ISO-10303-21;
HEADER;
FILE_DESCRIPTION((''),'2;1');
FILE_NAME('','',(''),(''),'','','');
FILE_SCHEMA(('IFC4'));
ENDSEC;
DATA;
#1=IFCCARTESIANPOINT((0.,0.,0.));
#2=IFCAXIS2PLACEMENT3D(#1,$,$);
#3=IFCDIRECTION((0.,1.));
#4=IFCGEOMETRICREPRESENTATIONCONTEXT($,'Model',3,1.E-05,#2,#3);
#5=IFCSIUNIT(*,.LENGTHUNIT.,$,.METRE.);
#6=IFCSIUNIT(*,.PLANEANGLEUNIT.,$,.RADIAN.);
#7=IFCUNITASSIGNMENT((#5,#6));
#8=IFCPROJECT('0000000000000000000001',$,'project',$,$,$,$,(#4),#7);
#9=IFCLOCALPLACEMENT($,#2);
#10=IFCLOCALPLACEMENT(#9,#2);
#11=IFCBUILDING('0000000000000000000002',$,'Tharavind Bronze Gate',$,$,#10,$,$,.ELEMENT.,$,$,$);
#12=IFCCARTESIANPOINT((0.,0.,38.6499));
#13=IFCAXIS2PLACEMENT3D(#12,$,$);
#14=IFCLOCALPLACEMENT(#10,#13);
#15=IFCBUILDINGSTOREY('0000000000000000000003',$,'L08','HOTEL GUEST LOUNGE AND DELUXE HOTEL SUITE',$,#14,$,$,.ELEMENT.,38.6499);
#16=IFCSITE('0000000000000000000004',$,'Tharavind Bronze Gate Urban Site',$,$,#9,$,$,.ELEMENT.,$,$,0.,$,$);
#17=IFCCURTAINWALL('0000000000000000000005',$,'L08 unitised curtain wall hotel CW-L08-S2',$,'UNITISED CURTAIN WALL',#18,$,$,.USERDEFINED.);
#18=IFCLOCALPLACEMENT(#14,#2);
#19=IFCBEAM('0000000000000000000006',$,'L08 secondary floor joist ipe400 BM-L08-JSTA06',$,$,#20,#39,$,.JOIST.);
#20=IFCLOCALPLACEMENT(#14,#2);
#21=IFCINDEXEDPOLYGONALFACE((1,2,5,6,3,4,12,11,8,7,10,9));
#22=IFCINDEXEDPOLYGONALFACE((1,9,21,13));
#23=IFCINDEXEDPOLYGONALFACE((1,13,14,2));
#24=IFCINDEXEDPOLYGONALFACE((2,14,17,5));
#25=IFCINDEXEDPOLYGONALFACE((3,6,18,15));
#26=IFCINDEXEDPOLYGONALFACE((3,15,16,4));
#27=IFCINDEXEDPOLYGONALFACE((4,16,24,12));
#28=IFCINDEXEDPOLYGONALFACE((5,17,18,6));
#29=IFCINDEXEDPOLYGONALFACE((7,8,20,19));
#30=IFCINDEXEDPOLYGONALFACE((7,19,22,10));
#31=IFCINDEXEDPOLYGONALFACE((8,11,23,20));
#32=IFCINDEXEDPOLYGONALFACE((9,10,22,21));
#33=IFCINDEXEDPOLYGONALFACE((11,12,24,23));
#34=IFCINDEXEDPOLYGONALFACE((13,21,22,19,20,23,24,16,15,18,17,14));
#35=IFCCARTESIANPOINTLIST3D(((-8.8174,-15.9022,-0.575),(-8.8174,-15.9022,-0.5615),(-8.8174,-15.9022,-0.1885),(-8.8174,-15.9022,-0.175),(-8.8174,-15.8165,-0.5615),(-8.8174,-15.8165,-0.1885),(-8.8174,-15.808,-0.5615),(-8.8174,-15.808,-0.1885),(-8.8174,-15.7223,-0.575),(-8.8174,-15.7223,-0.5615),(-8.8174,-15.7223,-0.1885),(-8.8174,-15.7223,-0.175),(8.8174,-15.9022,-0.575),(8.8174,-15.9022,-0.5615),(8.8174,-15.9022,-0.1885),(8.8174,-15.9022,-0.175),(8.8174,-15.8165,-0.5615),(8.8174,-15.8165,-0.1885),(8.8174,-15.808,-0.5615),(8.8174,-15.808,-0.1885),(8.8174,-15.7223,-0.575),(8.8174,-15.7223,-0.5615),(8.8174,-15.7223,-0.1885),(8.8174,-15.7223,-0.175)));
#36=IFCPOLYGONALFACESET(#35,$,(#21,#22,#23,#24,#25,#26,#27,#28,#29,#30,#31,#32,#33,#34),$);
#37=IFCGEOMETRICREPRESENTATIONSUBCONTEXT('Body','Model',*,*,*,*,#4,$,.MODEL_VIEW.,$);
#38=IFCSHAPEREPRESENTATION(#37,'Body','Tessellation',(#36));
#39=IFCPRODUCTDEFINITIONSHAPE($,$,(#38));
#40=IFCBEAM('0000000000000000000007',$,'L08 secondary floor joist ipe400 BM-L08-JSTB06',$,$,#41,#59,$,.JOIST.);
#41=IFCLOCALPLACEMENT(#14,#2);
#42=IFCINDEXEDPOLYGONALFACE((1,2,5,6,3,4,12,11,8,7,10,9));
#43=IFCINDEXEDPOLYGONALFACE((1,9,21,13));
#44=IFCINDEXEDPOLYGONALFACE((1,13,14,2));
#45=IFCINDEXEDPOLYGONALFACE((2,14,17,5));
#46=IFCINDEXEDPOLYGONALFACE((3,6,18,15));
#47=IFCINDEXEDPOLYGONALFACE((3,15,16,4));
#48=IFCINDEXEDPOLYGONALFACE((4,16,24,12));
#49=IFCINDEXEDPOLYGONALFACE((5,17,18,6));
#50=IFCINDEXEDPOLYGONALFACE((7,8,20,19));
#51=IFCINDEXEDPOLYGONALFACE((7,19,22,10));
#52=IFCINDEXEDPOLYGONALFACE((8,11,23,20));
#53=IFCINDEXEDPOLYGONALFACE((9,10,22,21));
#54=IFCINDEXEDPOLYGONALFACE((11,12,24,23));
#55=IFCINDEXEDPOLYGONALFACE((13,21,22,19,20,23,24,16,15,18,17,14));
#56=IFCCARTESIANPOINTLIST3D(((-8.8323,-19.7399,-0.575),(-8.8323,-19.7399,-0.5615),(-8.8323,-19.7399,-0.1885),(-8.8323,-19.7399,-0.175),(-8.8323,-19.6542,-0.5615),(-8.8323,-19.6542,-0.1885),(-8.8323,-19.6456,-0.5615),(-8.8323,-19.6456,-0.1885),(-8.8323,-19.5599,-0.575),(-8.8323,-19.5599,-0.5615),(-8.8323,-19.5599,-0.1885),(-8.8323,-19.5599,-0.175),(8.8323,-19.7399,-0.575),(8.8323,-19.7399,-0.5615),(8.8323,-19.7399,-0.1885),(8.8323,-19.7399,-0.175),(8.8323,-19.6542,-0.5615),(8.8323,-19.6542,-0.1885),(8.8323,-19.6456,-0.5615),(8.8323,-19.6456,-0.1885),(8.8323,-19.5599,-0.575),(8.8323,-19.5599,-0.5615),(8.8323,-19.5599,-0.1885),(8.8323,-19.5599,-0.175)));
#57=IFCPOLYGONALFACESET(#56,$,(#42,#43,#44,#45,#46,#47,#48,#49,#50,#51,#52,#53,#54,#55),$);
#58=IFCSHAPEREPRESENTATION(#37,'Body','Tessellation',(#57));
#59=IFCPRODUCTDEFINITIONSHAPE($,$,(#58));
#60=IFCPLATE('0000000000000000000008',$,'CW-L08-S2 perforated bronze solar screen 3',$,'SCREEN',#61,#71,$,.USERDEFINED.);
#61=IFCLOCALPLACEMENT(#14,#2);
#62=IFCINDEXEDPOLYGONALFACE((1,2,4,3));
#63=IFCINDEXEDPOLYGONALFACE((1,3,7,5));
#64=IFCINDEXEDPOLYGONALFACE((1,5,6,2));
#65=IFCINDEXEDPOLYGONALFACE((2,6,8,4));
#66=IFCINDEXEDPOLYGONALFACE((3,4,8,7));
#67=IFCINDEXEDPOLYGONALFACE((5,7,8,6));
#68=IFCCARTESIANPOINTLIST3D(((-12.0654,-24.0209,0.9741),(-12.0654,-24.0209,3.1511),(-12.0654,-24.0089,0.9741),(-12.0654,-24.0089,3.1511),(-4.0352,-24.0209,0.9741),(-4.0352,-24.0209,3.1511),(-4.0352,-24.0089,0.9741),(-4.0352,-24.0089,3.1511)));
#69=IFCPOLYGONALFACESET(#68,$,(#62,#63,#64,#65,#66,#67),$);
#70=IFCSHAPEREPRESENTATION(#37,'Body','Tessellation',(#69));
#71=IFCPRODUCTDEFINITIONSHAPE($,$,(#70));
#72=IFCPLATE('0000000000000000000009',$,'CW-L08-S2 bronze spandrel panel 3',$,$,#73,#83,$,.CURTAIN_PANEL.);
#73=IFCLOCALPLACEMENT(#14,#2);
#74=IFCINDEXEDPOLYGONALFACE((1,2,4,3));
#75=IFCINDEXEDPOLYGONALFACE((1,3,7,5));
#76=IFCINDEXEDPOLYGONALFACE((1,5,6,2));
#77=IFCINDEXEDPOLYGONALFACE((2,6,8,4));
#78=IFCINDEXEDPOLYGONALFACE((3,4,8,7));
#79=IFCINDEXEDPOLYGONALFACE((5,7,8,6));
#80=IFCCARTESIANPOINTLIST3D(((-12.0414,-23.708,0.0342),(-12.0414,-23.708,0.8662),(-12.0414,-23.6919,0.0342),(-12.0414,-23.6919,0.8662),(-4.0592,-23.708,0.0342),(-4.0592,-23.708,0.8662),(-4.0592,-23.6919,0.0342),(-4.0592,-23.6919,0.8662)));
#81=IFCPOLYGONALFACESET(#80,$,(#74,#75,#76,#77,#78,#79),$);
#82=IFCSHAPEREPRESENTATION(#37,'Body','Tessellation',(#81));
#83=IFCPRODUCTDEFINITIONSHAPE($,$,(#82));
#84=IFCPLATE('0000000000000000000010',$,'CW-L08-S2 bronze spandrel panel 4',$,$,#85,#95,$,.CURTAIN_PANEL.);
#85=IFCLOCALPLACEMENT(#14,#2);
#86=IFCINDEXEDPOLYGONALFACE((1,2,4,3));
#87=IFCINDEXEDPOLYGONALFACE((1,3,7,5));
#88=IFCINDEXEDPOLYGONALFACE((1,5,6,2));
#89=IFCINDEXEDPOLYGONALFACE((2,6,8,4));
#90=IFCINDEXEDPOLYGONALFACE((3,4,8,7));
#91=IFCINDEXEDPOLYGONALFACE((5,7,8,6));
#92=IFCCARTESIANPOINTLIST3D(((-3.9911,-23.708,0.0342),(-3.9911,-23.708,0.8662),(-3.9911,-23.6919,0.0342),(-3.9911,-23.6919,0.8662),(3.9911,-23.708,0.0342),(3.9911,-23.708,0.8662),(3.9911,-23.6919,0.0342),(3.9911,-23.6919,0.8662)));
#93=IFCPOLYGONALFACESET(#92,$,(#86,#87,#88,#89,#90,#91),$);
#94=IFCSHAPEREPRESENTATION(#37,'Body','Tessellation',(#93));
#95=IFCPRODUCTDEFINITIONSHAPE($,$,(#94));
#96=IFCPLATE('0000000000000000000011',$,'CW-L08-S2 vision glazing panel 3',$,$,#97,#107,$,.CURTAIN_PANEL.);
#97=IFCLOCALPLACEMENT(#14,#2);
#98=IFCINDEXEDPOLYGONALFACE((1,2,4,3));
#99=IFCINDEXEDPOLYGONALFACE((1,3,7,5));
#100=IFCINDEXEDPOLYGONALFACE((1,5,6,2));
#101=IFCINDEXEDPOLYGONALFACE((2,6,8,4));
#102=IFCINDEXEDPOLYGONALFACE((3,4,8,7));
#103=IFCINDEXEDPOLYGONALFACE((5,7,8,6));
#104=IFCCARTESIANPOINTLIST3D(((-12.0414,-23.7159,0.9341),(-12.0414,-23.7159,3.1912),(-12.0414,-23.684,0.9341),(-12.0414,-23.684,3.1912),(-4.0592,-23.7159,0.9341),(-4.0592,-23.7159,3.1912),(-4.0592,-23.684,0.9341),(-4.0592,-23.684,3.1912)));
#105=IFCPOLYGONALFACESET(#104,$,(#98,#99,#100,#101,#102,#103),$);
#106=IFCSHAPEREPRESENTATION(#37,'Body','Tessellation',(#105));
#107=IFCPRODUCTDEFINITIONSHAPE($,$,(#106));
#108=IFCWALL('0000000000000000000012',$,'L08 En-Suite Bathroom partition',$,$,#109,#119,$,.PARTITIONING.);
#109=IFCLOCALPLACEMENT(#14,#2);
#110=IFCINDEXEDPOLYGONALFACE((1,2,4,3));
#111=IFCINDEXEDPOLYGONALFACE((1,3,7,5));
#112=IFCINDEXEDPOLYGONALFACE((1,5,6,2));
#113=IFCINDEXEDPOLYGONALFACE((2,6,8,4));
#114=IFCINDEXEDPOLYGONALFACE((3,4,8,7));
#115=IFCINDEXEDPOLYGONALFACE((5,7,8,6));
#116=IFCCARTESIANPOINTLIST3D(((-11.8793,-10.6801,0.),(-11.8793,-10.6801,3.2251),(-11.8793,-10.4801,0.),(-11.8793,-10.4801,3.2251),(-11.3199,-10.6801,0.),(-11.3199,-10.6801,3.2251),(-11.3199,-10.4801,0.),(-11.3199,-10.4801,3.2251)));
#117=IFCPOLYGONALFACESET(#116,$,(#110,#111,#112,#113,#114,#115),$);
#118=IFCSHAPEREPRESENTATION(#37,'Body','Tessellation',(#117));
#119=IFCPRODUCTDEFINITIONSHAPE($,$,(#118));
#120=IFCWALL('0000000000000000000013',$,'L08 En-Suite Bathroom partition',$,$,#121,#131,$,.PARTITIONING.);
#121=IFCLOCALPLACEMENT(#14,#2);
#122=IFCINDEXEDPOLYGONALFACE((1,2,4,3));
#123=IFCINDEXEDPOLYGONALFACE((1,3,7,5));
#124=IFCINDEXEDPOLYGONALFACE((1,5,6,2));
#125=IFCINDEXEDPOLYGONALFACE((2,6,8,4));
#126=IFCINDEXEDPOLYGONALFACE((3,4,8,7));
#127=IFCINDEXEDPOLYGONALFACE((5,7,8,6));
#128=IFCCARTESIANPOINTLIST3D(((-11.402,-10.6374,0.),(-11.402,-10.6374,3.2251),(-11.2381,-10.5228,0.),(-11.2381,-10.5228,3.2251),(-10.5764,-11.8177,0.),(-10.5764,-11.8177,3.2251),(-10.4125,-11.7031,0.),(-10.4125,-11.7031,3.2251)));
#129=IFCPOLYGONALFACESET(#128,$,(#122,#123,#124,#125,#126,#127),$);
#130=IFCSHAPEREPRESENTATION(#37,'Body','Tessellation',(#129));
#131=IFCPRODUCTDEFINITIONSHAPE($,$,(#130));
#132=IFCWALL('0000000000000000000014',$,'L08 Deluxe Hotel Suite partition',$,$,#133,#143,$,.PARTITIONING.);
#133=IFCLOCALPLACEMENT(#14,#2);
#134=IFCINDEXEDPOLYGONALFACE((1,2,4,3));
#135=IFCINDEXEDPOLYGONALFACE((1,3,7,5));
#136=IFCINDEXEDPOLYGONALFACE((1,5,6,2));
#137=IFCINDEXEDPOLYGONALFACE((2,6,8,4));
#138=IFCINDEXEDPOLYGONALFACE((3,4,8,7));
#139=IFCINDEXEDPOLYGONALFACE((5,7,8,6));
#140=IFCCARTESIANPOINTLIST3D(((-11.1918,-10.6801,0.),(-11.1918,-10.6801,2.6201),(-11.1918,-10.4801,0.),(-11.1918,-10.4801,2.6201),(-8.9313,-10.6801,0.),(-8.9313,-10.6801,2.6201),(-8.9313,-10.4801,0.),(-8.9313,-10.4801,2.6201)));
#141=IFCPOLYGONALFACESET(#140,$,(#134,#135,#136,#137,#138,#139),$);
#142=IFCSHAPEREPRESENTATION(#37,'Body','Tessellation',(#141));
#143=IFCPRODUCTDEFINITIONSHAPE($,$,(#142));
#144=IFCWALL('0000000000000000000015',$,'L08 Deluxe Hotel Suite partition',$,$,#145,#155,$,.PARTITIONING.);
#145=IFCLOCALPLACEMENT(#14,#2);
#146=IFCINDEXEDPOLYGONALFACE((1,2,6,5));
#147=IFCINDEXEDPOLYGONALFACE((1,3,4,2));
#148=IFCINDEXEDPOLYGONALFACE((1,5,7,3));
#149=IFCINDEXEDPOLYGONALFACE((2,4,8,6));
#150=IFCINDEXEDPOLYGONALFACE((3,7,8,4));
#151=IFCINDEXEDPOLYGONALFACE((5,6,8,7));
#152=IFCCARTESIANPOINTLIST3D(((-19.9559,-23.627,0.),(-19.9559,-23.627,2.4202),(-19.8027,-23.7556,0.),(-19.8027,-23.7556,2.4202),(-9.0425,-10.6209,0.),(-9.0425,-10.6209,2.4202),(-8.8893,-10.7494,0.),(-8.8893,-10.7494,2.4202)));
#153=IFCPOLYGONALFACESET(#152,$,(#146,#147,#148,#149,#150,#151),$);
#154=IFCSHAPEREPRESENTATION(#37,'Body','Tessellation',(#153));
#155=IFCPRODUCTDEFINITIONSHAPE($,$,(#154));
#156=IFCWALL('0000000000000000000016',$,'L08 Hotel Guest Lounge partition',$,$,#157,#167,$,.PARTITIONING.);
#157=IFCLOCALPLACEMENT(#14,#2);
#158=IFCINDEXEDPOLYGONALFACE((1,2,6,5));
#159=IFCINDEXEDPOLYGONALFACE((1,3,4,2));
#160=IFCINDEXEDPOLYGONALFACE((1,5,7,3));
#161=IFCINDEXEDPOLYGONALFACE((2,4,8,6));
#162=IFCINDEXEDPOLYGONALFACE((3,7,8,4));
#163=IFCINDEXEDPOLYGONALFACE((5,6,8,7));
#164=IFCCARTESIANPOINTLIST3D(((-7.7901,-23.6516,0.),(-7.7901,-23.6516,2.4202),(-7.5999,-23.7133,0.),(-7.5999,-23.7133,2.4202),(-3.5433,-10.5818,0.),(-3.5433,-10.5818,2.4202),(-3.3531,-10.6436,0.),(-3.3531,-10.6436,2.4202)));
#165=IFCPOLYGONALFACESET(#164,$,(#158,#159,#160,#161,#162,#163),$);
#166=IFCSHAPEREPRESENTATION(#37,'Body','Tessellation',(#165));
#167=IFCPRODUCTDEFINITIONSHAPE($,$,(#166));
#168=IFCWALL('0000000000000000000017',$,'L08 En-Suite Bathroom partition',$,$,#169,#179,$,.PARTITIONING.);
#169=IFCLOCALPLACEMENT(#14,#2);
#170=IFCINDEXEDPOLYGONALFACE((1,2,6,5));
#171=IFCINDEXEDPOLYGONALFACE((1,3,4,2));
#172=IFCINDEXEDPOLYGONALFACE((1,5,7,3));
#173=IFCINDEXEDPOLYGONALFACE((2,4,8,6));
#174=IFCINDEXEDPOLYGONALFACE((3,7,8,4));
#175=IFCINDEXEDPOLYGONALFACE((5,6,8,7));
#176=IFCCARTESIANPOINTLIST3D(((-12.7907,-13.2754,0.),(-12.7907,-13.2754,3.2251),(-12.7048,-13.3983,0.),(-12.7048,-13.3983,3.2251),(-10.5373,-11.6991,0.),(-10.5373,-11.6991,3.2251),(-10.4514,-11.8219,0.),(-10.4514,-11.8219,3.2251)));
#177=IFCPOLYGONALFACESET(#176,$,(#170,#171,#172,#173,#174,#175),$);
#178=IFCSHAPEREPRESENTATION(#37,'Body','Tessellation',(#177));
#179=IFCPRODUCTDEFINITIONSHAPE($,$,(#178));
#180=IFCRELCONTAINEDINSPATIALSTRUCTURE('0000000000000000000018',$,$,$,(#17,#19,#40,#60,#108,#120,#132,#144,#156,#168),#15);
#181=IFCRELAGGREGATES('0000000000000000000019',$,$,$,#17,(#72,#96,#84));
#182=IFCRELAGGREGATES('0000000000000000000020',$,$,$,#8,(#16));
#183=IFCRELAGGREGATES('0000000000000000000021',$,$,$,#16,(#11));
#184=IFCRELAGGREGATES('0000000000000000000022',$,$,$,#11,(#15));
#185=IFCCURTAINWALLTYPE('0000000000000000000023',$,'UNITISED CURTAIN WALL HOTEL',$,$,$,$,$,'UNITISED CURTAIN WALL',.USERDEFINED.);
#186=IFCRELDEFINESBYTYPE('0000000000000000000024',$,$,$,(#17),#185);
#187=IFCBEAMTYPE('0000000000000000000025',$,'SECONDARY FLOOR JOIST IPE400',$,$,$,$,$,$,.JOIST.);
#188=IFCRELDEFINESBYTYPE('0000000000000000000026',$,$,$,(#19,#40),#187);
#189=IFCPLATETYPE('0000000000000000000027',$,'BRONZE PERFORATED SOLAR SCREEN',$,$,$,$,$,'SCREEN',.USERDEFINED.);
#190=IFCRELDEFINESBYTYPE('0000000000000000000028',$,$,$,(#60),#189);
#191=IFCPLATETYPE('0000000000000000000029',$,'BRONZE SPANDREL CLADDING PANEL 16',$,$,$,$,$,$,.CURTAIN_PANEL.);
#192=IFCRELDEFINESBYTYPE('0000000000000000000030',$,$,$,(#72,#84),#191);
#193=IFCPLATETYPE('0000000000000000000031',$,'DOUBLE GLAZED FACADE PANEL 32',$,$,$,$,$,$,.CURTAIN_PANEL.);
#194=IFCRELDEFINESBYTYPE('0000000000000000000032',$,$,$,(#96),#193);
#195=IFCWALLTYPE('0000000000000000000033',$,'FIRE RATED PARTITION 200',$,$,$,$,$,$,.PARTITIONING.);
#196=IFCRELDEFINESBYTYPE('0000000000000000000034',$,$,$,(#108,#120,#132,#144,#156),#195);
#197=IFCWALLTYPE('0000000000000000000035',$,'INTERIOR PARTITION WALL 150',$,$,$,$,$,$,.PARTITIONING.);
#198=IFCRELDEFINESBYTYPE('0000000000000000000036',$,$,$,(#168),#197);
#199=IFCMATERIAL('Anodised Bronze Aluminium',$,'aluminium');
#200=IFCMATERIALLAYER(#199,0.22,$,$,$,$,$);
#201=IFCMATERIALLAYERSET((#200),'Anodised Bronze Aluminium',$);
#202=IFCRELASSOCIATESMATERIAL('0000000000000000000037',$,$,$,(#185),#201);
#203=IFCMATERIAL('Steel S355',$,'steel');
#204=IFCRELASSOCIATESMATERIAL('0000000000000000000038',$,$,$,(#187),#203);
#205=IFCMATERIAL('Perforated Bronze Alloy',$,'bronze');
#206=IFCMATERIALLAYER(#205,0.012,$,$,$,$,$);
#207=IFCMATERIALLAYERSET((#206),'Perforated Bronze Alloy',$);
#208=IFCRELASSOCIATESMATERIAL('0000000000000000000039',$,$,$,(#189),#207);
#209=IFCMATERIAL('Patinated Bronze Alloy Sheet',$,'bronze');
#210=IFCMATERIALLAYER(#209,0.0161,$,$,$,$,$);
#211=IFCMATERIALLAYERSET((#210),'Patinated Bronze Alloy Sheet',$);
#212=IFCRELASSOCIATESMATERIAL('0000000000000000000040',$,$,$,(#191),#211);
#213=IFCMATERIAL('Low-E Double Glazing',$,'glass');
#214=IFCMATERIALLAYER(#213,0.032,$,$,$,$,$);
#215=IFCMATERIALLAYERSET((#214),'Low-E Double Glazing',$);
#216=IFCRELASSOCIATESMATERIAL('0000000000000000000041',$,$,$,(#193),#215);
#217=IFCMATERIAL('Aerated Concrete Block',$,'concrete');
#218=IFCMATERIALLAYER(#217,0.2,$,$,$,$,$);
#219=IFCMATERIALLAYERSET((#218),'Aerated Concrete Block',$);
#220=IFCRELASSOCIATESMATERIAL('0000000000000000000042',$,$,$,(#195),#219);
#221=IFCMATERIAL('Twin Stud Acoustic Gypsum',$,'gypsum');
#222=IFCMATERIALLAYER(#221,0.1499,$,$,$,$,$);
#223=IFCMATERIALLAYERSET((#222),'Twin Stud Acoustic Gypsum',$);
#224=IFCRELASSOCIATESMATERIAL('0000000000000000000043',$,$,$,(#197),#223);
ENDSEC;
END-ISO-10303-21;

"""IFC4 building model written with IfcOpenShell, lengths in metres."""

from ifc_helpers import new_model, si_unit, direction, frame, frame_2d, origin, origin_2d, place, context, subcontext, project, spatial, rectangle, i_section, extrude, material, layer, layer_set, material_profile, profile_set, type_object, element, aggregate, save


model = new_model("IFC4")

# Units and contexts
model_context = context("Model", 3, precision=1e-05, world=origin(), true_north=direction((0.0, 1.0)))
body_context = subcontext(model_context, "Body", "Model", "MODEL_VIEW")
ifc_project = project(units=[si_unit("LENGTHUNIT", "METRE"), si_unit("PLANEANGLEUNIT", "RADIAN")], contexts=[model_context])

# Site, building, storey
site_placement = place(None, origin())
site = spatial("IfcSite", under=ifc_project, at=site_placement, Name="Tharavind Bronze Gate Urban Site", CompositionType="ELEMENT", RefElevation=0.0)
building_placement = place(site_placement, origin())
building = spatial("IfcBuilding", under=site, at=building_placement, Name="Tharavind Bronze Gate", CompositionType="ELEMENT")
storey_placement = place(building_placement, frame((0.0, 0.0, 38.6499)))
storey = spatial("IfcBuildingStorey", under=building, at=storey_placement, Name="L08", Description="HOTEL GUEST LOUNGE AND DELUXE HOTEL SUITE", CompositionType="ELEMENT", Elevation=38.6499)

# Curtain wall
ifc_material_1 = material(Name="Anodised Bronze Aluminium", Category="aluminium")
ifc_layer_1 = layer(ifc_material_1, 0.22)
ifc_layer_set_1 = layer_set([ifc_layer_1], Name="Anodised Bronze Aluminium")
curtain_wall_type = type_object("IfcCurtainWallType", Name="UNITISED CURTAIN WALL HOTEL", ElementType="UNITISED CURTAIN WALL", PredefinedType="USERDEFINED", material=ifc_layer_set_1)
curtain_wall_placement = place(storey_placement, origin())
curtain_wall = element("IfcCurtainWall", 1, at=curtain_wall_placement, inside=storey, type_object=curtain_wall_type, Name="L08 unitised curtain wall hotel CW-L08-S2", ObjectType="UNITISED CURTAIN WALL", PredefinedType="USERDEFINED")

# Beams
ifc_material_2 = material(Name="Steel S355", Category="steel")
ifc_material_profile_1 = material_profile(ifc_material_2, i_section(OverallWidth=0.1799, OverallDepth=0.3999, WebThickness=0.0085, FlangeThickness=0.0134, at=origin_2d()), Name="IPE400")
ifc_profile_set_1 = profile_set([ifc_material_profile_1], Name="Steel S355")
beam_type_1 = type_object("IfcBeamType", Name="SECONDARY FLOOR JOIST IPE400", PredefinedType="JOIST", material=ifc_profile_set_1)
beam_1_placement = place(storey_placement, frame((-8.8174, -15.8123, -0.375), z_axis=(1.0, 0.0, 0.0), x_axis=(0.0, 1.0, 0.0)))
element("IfcBeam", 2, at=beam_1_placement, inside=storey, type_object=beam_type_1, Name="L08 secondary floor joist ipe400 BM-L08-JSTA06", PredefinedType="JOIST", context=body_context, shape_type="SweptSolid", body=[
    extrude(i_section(OverallWidth=0.1799, OverallDepth=0.3999, WebThickness=0.0085, FlangeThickness=0.0134, at=origin_2d()), origin(), (0.0, 0.0, 1.0), 17.6348),
])
beam_2_placement = place(storey_placement, frame((-8.8323, -19.6499, -0.375), z_axis=(1.0, 0.0, 0.0), x_axis=(0.0, 1.0, 0.0)))
element("IfcBeam", 3, at=beam_2_placement, inside=storey, type_object=beam_type_1, Name="L08 secondary floor joist ipe400 BM-L08-JSTB06", PredefinedType="JOIST", context=body_context, shape_type="SweptSolid", body=[
    extrude(i_section(OverallWidth=0.1799, OverallDepth=0.3999, WebThickness=0.0085, FlangeThickness=0.0134, at=origin_2d()), origin(), (0.0, 0.0, 1.0), 17.6646),
])

# Plates
ifc_material_3 = material(Name="Perforated Bronze Alloy", Category="bronze")
ifc_layer_2 = layer(ifc_material_3, 0.012)
ifc_layer_set_2 = layer_set([ifc_layer_2], Name="Perforated Bronze Alloy")
plate_type_1 = type_object("IfcPlateType", Name="BRONZE PERFORATED SOLAR SCREEN", ElementType="SCREEN", PredefinedType="USERDEFINED", material=ifc_layer_set_2)
plate_1_placement = place(storey_placement, frame((-8.0503, -24.0149, 0.9741), z_axis=(0.0, 0.0, 1.0), x_axis=(1.0, 0.0, 0.0)))
element("IfcPlate", 4, at=plate_1_placement, inside=storey, type_object=plate_type_1, Name="CW-L08-S2 perforated bronze solar screen 3", ObjectType="SCREEN", PredefinedType="USERDEFINED", context=body_context, shape_type="SweptSolid", body=[
    extrude(rectangle(XDim=8.0303, YDim=0.012, at=origin_2d()), origin(), (0.0, 0.0, 1.0), 2.177),
])
ifc_material_4 = material(Name="Patinated Bronze Alloy Sheet", Category="bronze")
ifc_layer_3 = layer(ifc_material_4, 0.0161)
ifc_layer_set_3 = layer_set([ifc_layer_3], Name="Patinated Bronze Alloy Sheet")
plate_type_2 = type_object("IfcPlateType", Name="BRONZE SPANDREL CLADDING PANEL 16", PredefinedType="CURTAIN_PANEL", material=ifc_layer_set_3)
plate_2_placement = place(storey_placement, frame((-8.0503, -23.7, 0.0342), z_axis=(0.0, 0.0, 1.0), x_axis=(1.0, 0.0, 0.0)))
plate_2 = element("IfcPlate", 5, at=plate_2_placement, type_object=plate_type_2, Name="CW-L08-S2 bronze spandrel panel 3", PredefinedType="CURTAIN_PANEL", context=body_context, shape_type="SweptSolid", body=[
    extrude(rectangle(XDim=7.9822, YDim=0.0161, at=origin_2d()), origin(), (0.0, 0.0, 1.0), 0.832),
])
plate_3_placement = place(storey_placement, frame((0.0, -23.7, 0.0342), z_axis=(0.0, 0.0, 1.0), x_axis=(1.0, 0.0, 0.0)))
plate_3 = element("IfcPlate", 6, at=plate_3_placement, type_object=plate_type_2, Name="CW-L08-S2 bronze spandrel panel 4", PredefinedType="CURTAIN_PANEL", context=body_context, shape_type="SweptSolid", body=[
    extrude(rectangle(XDim=7.9822, YDim=0.0161, at=origin_2d()), origin(), (0.0, 0.0, 1.0), 0.832),
])
ifc_material_5 = material(Name="Low-E Double Glazing", Category="glass")
ifc_layer_4 = layer(ifc_material_5, 0.032)
ifc_layer_set_4 = layer_set([ifc_layer_4], Name="Low-E Double Glazing")
plate_type_3 = type_object("IfcPlateType", Name="DOUBLE GLAZED FACADE PANEL 32", PredefinedType="CURTAIN_PANEL", material=ifc_layer_set_4)
plate_4_placement = place(storey_placement, frame((-8.0503, -23.7, 0.9341), z_axis=(0.0, 0.0, 1.0), x_axis=(1.0, 0.0, 0.0)))
plate_4 = element("IfcPlate", 7, at=plate_4_placement, type_object=plate_type_3, Name="CW-L08-S2 vision glazing panel 3", PredefinedType="CURTAIN_PANEL", context=body_context, shape_type="SweptSolid", body=[
    extrude(rectangle(XDim=7.9822, YDim=0.032, at=origin_2d()), origin(), (0.0, 0.0, 1.0), 2.2571),
])
aggregate(curtain_wall, [plate_2, plate_4, plate_3])

# Walls
ifc_material_6 = material(Name="Aerated Concrete Block", Category="concrete")
ifc_layer_5 = layer(ifc_material_6, 0.2)
ifc_layer_set_5 = layer_set([ifc_layer_5], Name="Aerated Concrete Block")
wall_type_1 = type_object("IfcWallType", Name="FIRE RATED PARTITION 200", PredefinedType="PARTITIONING", material=ifc_layer_set_5)
wall_1_placement = place(storey_placement, frame((-11.8794, -10.5801, 0.0), z_axis=(0.0, 0.0, 1.0), x_axis=(1.0, 0.0, 0.0)))
element("IfcWall", 8, at=wall_1_placement, inside=storey, type_object=wall_type_1, Name="L08 En-Suite Bathroom partition", PredefinedType="PARTITIONING", context=body_context, shape_type="SweptSolid", body=[
    extrude(rectangle(XDim=0.5593, YDim=0.2, at=frame_2d((0.2798, 0.0))), origin(), (0.0, 0.0, 1.0), 3.2251),
])
wall_2_placement = place(storey_placement, frame((-11.3201, -10.5801, 0.0), z_axis=(0.0, 0.0, 1.0), x_axis=(0.573178, -0.819431, 0.0)))
element("IfcWall", 9, at=wall_2_placement, inside=storey, type_object=wall_type_1, Name="L08 En-Suite Bathroom partition", PredefinedType="PARTITIONING", context=body_context, shape_type="SweptSolid", body=[
    extrude(rectangle(XDim=1.4404, YDim=0.2, at=frame_2d((0.7202, 0.0))), origin(), (0.0, 0.0, 1.0), 3.2251),
])
wall_3_placement = place(storey_placement, frame((-11.1919, -10.5801, 0.0), z_axis=(0.0, 0.0, 1.0), x_axis=(1.0, 0.0, 0.0)))
element("IfcWall", 10, at=wall_3_placement, inside=storey, type_object=wall_type_1, Name="L08 Deluxe Hotel Suite partition", PredefinedType="PARTITIONING", context=body_context, shape_type="SweptSolid", body=[
    extrude(rectangle(XDim=2.2605, YDim=0.2, at=frame_2d((1.1304, 0.0))), origin(), (0.0, 0.0, 1.0), 2.6201),
])
wall_4_placement = place(storey_placement, frame((-8.9658, -10.6851, 0.0), z_axis=(0.0, 0.0, 1.0), x_axis=(-0.642785, -0.766047, 0.0)))
element("IfcWall", 11, at=wall_4_placement, inside=storey, type_object=wall_type_1, Name="L08 Deluxe Hotel Suite partition", PredefinedType="PARTITIONING", context=body_context, shape_type="SweptSolid", body=[
    extrude(rectangle(XDim=16.9783, YDim=0.2, at=frame_2d((8.4893, 0.0))), origin(), (0.0, 0.0, 1.0), 2.4202),
])
wall_5_placement = place(storey_placement, frame((-3.4482, -10.6128, 0.0), z_axis=(0.0, 0.0, 1.0), x_axis=(-0.309029, -0.951053, 0.0)))
element("IfcWall", 12, at=wall_5_placement, inside=storey, type_object=wall_type_1, Name="L08 Hotel Guest Lounge partition", PredefinedType="PARTITIONING", context=body_context, shape_type="SweptSolid", body=[
    extrude(rectangle(XDim=13.7424, YDim=0.2, at=frame_2d((6.8711, 0.0))), origin(), (0.0, 0.0, 1.0), 2.4202),
])
ifc_material_7 = material(Name="Twin Stud Acoustic Gypsum", Category="gypsum")
ifc_layer_6 = layer(ifc_material_7, 0.1499)
ifc_layer_set_6 = layer_set([ifc_layer_6], Name="Twin Stud Acoustic Gypsum")
wall_type_2 = type_object("IfcWallType", Name="INTERIOR PARTITION WALL 150", PredefinedType="PARTITIONING", material=ifc_layer_set_6)
wall_6_placement = place(storey_placement, frame((-10.4944, -11.7605, 0.0), z_axis=(0.0, 0.0, 1.0), x_axis=(-0.819399, -0.573224, 0.0)))
element("IfcWall", 13, at=wall_6_placement, inside=storey, type_object=wall_type_2, Name="L08 En-Suite Bathroom partition", PredefinedType="PARTITIONING", context=body_context, shape_type="SweptSolid", body=[
    extrude(rectangle(XDim=2.75, YDim=0.1499, at=frame_2d((1.375, 0.0))), origin(), (0.0, 0.0, 1.0), 3.2251),
])

save(model, "model.ifc")
